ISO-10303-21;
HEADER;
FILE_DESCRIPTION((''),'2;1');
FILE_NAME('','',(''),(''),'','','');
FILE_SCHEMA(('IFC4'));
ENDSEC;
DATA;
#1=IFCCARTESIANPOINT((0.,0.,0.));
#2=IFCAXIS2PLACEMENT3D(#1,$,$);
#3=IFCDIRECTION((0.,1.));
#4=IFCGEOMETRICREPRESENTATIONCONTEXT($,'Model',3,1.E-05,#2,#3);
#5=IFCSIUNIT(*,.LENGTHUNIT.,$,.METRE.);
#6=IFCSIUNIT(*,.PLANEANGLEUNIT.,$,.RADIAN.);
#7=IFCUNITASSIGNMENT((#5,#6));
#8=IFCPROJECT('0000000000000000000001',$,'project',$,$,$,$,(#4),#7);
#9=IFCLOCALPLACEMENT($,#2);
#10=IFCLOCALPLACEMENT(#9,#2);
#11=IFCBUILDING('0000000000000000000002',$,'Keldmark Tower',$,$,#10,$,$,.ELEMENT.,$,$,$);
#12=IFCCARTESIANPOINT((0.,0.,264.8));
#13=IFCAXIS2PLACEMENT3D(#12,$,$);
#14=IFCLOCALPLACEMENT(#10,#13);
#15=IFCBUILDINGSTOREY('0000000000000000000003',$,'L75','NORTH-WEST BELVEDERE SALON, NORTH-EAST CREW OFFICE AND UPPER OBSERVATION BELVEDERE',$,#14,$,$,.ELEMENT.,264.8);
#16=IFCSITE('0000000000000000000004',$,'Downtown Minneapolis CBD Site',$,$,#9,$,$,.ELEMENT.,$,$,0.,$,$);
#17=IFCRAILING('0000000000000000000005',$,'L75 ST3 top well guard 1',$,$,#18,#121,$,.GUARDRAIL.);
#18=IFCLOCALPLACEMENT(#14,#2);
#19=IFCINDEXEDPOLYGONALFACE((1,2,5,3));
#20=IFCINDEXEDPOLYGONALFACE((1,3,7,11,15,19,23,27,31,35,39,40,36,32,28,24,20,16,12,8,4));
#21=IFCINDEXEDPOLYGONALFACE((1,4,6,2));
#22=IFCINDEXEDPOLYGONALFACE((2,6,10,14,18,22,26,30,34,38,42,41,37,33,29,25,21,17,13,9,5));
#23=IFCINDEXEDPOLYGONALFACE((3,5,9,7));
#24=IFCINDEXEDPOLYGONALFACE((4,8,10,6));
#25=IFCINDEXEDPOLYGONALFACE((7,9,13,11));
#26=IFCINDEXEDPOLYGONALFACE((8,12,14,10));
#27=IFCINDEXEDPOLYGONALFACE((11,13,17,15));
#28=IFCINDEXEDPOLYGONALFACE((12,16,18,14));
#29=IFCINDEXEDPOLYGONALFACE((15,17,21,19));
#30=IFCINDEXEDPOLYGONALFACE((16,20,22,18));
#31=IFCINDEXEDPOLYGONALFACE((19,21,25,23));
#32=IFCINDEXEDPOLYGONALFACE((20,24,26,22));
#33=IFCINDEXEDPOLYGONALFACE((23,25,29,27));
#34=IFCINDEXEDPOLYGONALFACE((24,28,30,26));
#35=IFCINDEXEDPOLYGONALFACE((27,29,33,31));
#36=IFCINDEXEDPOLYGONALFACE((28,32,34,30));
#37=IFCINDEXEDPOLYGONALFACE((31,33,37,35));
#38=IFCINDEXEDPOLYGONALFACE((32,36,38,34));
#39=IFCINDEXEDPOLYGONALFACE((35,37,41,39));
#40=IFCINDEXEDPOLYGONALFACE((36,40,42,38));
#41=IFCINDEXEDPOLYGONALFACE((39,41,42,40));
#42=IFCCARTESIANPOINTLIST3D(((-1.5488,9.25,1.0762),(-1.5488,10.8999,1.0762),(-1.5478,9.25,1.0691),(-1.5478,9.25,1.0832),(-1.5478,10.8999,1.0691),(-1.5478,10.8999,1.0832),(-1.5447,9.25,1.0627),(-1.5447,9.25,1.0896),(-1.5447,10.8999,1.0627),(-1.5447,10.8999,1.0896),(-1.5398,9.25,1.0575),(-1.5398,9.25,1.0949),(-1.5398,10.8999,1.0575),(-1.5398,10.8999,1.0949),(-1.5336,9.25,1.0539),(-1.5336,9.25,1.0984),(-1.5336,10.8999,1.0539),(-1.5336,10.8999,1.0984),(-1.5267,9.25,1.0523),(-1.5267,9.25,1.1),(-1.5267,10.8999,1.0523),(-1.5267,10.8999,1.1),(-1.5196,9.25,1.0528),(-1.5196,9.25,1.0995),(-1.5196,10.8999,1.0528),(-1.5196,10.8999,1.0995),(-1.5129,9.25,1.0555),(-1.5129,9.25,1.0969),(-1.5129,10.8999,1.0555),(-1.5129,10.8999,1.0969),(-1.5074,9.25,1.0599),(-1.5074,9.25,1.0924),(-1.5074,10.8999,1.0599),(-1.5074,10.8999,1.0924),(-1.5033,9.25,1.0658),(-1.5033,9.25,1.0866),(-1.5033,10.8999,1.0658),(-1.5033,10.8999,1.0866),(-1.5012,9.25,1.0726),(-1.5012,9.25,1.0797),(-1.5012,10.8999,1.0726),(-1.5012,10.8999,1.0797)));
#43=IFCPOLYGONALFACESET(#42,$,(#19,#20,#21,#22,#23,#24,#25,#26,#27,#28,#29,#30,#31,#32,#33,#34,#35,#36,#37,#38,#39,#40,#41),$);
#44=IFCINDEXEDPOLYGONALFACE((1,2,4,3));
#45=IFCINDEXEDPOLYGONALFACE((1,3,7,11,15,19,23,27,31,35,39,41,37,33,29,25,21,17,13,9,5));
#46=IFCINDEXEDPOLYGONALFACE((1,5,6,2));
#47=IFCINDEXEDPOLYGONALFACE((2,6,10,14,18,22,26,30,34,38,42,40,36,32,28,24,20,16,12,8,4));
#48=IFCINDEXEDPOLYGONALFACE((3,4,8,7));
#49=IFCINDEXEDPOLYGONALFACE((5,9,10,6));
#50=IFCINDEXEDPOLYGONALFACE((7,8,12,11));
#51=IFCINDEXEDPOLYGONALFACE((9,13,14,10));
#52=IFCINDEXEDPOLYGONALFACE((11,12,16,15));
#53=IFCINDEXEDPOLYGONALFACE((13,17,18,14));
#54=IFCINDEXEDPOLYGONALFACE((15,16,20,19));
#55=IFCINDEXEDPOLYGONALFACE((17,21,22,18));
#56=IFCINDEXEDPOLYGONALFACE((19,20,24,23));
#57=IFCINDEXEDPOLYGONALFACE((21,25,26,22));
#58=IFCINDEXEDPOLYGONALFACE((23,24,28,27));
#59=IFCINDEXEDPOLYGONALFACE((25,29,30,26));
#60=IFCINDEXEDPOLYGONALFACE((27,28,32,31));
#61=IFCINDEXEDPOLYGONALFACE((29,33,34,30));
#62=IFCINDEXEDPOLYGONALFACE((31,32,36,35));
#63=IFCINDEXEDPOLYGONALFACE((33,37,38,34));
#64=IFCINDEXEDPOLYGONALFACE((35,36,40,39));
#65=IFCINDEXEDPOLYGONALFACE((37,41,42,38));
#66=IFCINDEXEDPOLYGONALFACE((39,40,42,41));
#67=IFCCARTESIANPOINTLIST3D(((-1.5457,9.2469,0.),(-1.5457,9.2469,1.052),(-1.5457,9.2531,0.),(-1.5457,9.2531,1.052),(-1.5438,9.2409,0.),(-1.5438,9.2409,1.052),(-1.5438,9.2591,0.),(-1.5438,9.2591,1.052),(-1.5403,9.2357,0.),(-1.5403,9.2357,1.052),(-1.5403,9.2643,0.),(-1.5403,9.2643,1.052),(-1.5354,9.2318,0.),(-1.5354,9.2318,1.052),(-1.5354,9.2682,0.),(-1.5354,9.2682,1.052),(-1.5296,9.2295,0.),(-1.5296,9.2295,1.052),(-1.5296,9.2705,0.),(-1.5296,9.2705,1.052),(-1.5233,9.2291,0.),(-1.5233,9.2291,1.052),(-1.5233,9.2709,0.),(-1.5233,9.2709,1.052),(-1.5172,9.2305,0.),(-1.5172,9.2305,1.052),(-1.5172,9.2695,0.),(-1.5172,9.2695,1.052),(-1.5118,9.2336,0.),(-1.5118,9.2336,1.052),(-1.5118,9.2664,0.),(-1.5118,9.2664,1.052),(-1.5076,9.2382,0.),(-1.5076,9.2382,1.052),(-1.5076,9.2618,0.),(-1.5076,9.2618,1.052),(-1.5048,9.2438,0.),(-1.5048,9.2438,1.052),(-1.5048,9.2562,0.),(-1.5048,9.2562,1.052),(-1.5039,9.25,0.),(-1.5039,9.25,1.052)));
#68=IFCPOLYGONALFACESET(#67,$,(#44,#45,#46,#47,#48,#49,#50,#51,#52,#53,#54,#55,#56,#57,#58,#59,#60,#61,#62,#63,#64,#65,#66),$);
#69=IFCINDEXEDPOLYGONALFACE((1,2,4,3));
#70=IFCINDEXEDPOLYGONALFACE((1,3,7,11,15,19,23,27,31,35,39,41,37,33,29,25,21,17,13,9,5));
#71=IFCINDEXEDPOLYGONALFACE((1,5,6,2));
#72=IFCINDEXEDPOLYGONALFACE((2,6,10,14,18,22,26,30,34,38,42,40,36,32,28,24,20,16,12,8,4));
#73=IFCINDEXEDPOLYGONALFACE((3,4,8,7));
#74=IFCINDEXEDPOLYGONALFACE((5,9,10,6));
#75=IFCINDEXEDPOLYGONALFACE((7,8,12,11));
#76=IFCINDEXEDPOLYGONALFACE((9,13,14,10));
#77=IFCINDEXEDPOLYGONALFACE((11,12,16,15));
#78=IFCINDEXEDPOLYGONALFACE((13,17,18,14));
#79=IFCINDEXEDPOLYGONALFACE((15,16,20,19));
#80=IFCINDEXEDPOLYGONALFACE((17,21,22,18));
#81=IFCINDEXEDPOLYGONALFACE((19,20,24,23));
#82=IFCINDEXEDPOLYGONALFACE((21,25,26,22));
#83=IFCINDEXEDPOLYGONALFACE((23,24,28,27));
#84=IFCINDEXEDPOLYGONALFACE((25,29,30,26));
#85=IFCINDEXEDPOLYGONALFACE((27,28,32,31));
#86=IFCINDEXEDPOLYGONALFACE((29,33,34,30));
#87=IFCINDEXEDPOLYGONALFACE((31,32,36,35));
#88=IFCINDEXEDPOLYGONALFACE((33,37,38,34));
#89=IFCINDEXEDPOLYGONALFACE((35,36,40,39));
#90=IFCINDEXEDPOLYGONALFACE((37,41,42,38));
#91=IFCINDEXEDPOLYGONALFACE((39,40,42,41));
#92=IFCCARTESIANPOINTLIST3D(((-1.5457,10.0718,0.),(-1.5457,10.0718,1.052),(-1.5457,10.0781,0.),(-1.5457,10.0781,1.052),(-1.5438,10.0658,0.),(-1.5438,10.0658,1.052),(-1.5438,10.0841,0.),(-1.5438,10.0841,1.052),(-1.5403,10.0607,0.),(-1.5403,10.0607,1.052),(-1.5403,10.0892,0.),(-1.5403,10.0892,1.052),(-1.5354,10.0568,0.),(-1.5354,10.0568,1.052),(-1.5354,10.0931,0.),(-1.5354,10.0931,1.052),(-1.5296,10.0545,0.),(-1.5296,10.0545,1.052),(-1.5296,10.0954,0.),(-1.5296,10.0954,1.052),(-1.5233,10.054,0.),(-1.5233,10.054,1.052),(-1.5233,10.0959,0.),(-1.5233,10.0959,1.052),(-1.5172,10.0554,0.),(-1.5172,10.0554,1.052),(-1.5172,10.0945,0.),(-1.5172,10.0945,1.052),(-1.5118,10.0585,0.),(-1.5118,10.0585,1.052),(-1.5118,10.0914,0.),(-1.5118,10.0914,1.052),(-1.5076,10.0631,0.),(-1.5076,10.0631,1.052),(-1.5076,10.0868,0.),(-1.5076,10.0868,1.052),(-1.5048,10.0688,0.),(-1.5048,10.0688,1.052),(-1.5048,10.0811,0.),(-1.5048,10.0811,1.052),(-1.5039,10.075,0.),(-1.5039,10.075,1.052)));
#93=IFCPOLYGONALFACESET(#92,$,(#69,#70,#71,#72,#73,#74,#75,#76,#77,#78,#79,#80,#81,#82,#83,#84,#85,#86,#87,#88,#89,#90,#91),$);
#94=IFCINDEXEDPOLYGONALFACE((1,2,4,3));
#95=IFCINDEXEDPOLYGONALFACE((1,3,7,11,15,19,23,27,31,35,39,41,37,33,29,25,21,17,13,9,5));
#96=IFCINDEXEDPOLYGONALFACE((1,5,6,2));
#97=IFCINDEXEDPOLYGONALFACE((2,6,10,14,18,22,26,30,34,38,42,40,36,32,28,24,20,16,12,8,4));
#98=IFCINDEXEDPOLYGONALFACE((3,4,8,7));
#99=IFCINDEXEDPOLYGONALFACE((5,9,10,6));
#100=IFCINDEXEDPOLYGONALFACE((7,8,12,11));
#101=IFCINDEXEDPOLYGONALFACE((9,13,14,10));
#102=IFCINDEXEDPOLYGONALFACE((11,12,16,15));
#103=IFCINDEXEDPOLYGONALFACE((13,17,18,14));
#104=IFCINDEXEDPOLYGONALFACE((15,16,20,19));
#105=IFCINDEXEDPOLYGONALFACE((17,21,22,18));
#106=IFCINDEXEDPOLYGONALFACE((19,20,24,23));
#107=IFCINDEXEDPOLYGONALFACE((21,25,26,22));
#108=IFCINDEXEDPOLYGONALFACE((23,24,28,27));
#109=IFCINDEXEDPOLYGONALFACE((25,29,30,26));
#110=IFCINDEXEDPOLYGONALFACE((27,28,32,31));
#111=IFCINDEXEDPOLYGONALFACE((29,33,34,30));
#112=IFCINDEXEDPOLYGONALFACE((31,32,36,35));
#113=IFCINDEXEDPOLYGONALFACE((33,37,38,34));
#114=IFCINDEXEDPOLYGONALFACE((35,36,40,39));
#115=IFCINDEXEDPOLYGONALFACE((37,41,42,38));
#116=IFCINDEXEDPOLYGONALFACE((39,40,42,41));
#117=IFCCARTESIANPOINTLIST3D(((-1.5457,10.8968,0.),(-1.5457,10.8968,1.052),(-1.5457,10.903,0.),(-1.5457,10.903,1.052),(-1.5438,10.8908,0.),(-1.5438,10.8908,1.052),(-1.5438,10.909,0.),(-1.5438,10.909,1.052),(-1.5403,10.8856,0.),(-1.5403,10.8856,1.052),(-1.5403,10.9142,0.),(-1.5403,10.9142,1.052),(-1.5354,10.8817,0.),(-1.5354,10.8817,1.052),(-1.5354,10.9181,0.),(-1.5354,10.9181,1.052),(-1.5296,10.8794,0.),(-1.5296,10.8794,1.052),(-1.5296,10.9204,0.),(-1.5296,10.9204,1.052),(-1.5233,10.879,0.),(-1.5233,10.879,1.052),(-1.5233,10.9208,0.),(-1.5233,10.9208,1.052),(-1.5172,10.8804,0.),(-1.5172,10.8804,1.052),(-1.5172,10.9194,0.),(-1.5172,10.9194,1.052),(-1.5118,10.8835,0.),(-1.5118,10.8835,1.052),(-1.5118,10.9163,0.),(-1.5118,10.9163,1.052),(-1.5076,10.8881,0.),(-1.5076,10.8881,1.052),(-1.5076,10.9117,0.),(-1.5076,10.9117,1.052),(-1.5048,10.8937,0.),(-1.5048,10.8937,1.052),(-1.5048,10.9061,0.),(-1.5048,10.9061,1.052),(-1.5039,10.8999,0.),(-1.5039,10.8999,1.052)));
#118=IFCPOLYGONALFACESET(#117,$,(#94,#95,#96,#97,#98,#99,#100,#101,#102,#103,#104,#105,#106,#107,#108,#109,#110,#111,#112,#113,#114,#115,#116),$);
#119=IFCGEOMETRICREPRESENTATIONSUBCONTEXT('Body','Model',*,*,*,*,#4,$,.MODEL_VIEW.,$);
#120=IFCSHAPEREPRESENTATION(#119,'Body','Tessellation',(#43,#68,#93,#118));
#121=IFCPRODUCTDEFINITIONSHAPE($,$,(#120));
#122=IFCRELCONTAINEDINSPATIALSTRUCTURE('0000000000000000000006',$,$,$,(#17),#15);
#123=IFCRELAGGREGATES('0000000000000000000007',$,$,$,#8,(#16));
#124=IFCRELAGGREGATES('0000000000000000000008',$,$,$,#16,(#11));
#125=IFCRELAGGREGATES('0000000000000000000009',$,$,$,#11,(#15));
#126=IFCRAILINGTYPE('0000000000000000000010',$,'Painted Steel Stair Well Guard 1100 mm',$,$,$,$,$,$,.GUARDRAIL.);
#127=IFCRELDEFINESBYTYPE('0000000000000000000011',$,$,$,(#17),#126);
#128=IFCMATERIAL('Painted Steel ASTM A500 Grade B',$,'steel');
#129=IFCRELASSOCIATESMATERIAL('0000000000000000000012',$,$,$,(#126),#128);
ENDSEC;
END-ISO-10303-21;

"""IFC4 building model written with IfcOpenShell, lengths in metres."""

from ifc_helpers import new_model, si_unit, direction, frame, origin, origin_2d, place, context, subcontext, project, spatial, circle, extrude, material, type_object, element, save


model = new_model("IFC4")

# Units and contexts
model_context = context("Model", 3, precision=1e-05, world=origin(), true_north=direction((0.0, 1.0)))
body_context = subcontext(model_context, "Body", "Model", "MODEL_VIEW")
ifc_project = project(units=[si_unit("LENGTHUNIT", "METRE"), si_unit("PLANEANGLEUNIT", "RADIAN")], contexts=[model_context])

# Site, building, storey
site_placement = place(None, origin())
site = spatial("IfcSite", under=ifc_project, at=site_placement, Name="Downtown Minneapolis CBD Site", CompositionType="ELEMENT", RefElevation=0.0)
building_placement = place(site_placement, origin())
building = spatial("IfcBuilding", under=site, at=building_placement, Name="Keldmark Tower", CompositionType="ELEMENT")
storey_placement = place(building_placement, frame((0.0, 0.0, 264.8)))
storey = spatial("IfcBuildingStorey", under=building, at=storey_placement, Name="L75", Description="NORTH-WEST BELVEDERE SALON, NORTH-EAST CREW OFFICE AND UPPER OBSERVATION BELVEDERE", CompositionType="ELEMENT", Elevation=264.8)

# Railing
ifc_material_1 = material(Name="Painted Steel ASTM A500 Grade B", Category="steel")
railing_type = type_object("IfcRailingType", Name="Painted Steel Stair Well Guard 1100 mm", PredefinedType="GUARDRAIL", material=ifc_material_1)
railing_placement = place(storey_placement, frame((-1.5249, 9.25, 0.0)))
element("IfcRailing", 1, at=railing_placement, inside=storey, type_object=railing_type, Name="L75 ST3 top well guard 1", PredefinedType="GUARDRAIL", context=body_context, shape_type="SweptSolid", body=[
    extrude(circle(Radius=0.0239, at=origin_2d()), frame((0.0, 0.0, 1.0762), z_axis=(0.0, 1.0, 0.0), x_axis=(-1.0, 0.0, 0.0)), (0.0, 0.0, 1.0), 1.6499),
    extrude(circle(Radius=0.021, at=origin_2d()), origin(), (0.0, 0.0, 1.0), 1.052),
    extrude(circle(Radius=0.021, at=origin_2d()), frame((0.0, 0.825, 0.0)), (0.0, 0.0, 1.0), 1.052),
    extrude(circle(Radius=0.021, at=origin_2d()), frame((0.0, 1.6499, 0.0)), (0.0, 0.0, 1.0), 1.052),
])

save(model, "model.ifc")
